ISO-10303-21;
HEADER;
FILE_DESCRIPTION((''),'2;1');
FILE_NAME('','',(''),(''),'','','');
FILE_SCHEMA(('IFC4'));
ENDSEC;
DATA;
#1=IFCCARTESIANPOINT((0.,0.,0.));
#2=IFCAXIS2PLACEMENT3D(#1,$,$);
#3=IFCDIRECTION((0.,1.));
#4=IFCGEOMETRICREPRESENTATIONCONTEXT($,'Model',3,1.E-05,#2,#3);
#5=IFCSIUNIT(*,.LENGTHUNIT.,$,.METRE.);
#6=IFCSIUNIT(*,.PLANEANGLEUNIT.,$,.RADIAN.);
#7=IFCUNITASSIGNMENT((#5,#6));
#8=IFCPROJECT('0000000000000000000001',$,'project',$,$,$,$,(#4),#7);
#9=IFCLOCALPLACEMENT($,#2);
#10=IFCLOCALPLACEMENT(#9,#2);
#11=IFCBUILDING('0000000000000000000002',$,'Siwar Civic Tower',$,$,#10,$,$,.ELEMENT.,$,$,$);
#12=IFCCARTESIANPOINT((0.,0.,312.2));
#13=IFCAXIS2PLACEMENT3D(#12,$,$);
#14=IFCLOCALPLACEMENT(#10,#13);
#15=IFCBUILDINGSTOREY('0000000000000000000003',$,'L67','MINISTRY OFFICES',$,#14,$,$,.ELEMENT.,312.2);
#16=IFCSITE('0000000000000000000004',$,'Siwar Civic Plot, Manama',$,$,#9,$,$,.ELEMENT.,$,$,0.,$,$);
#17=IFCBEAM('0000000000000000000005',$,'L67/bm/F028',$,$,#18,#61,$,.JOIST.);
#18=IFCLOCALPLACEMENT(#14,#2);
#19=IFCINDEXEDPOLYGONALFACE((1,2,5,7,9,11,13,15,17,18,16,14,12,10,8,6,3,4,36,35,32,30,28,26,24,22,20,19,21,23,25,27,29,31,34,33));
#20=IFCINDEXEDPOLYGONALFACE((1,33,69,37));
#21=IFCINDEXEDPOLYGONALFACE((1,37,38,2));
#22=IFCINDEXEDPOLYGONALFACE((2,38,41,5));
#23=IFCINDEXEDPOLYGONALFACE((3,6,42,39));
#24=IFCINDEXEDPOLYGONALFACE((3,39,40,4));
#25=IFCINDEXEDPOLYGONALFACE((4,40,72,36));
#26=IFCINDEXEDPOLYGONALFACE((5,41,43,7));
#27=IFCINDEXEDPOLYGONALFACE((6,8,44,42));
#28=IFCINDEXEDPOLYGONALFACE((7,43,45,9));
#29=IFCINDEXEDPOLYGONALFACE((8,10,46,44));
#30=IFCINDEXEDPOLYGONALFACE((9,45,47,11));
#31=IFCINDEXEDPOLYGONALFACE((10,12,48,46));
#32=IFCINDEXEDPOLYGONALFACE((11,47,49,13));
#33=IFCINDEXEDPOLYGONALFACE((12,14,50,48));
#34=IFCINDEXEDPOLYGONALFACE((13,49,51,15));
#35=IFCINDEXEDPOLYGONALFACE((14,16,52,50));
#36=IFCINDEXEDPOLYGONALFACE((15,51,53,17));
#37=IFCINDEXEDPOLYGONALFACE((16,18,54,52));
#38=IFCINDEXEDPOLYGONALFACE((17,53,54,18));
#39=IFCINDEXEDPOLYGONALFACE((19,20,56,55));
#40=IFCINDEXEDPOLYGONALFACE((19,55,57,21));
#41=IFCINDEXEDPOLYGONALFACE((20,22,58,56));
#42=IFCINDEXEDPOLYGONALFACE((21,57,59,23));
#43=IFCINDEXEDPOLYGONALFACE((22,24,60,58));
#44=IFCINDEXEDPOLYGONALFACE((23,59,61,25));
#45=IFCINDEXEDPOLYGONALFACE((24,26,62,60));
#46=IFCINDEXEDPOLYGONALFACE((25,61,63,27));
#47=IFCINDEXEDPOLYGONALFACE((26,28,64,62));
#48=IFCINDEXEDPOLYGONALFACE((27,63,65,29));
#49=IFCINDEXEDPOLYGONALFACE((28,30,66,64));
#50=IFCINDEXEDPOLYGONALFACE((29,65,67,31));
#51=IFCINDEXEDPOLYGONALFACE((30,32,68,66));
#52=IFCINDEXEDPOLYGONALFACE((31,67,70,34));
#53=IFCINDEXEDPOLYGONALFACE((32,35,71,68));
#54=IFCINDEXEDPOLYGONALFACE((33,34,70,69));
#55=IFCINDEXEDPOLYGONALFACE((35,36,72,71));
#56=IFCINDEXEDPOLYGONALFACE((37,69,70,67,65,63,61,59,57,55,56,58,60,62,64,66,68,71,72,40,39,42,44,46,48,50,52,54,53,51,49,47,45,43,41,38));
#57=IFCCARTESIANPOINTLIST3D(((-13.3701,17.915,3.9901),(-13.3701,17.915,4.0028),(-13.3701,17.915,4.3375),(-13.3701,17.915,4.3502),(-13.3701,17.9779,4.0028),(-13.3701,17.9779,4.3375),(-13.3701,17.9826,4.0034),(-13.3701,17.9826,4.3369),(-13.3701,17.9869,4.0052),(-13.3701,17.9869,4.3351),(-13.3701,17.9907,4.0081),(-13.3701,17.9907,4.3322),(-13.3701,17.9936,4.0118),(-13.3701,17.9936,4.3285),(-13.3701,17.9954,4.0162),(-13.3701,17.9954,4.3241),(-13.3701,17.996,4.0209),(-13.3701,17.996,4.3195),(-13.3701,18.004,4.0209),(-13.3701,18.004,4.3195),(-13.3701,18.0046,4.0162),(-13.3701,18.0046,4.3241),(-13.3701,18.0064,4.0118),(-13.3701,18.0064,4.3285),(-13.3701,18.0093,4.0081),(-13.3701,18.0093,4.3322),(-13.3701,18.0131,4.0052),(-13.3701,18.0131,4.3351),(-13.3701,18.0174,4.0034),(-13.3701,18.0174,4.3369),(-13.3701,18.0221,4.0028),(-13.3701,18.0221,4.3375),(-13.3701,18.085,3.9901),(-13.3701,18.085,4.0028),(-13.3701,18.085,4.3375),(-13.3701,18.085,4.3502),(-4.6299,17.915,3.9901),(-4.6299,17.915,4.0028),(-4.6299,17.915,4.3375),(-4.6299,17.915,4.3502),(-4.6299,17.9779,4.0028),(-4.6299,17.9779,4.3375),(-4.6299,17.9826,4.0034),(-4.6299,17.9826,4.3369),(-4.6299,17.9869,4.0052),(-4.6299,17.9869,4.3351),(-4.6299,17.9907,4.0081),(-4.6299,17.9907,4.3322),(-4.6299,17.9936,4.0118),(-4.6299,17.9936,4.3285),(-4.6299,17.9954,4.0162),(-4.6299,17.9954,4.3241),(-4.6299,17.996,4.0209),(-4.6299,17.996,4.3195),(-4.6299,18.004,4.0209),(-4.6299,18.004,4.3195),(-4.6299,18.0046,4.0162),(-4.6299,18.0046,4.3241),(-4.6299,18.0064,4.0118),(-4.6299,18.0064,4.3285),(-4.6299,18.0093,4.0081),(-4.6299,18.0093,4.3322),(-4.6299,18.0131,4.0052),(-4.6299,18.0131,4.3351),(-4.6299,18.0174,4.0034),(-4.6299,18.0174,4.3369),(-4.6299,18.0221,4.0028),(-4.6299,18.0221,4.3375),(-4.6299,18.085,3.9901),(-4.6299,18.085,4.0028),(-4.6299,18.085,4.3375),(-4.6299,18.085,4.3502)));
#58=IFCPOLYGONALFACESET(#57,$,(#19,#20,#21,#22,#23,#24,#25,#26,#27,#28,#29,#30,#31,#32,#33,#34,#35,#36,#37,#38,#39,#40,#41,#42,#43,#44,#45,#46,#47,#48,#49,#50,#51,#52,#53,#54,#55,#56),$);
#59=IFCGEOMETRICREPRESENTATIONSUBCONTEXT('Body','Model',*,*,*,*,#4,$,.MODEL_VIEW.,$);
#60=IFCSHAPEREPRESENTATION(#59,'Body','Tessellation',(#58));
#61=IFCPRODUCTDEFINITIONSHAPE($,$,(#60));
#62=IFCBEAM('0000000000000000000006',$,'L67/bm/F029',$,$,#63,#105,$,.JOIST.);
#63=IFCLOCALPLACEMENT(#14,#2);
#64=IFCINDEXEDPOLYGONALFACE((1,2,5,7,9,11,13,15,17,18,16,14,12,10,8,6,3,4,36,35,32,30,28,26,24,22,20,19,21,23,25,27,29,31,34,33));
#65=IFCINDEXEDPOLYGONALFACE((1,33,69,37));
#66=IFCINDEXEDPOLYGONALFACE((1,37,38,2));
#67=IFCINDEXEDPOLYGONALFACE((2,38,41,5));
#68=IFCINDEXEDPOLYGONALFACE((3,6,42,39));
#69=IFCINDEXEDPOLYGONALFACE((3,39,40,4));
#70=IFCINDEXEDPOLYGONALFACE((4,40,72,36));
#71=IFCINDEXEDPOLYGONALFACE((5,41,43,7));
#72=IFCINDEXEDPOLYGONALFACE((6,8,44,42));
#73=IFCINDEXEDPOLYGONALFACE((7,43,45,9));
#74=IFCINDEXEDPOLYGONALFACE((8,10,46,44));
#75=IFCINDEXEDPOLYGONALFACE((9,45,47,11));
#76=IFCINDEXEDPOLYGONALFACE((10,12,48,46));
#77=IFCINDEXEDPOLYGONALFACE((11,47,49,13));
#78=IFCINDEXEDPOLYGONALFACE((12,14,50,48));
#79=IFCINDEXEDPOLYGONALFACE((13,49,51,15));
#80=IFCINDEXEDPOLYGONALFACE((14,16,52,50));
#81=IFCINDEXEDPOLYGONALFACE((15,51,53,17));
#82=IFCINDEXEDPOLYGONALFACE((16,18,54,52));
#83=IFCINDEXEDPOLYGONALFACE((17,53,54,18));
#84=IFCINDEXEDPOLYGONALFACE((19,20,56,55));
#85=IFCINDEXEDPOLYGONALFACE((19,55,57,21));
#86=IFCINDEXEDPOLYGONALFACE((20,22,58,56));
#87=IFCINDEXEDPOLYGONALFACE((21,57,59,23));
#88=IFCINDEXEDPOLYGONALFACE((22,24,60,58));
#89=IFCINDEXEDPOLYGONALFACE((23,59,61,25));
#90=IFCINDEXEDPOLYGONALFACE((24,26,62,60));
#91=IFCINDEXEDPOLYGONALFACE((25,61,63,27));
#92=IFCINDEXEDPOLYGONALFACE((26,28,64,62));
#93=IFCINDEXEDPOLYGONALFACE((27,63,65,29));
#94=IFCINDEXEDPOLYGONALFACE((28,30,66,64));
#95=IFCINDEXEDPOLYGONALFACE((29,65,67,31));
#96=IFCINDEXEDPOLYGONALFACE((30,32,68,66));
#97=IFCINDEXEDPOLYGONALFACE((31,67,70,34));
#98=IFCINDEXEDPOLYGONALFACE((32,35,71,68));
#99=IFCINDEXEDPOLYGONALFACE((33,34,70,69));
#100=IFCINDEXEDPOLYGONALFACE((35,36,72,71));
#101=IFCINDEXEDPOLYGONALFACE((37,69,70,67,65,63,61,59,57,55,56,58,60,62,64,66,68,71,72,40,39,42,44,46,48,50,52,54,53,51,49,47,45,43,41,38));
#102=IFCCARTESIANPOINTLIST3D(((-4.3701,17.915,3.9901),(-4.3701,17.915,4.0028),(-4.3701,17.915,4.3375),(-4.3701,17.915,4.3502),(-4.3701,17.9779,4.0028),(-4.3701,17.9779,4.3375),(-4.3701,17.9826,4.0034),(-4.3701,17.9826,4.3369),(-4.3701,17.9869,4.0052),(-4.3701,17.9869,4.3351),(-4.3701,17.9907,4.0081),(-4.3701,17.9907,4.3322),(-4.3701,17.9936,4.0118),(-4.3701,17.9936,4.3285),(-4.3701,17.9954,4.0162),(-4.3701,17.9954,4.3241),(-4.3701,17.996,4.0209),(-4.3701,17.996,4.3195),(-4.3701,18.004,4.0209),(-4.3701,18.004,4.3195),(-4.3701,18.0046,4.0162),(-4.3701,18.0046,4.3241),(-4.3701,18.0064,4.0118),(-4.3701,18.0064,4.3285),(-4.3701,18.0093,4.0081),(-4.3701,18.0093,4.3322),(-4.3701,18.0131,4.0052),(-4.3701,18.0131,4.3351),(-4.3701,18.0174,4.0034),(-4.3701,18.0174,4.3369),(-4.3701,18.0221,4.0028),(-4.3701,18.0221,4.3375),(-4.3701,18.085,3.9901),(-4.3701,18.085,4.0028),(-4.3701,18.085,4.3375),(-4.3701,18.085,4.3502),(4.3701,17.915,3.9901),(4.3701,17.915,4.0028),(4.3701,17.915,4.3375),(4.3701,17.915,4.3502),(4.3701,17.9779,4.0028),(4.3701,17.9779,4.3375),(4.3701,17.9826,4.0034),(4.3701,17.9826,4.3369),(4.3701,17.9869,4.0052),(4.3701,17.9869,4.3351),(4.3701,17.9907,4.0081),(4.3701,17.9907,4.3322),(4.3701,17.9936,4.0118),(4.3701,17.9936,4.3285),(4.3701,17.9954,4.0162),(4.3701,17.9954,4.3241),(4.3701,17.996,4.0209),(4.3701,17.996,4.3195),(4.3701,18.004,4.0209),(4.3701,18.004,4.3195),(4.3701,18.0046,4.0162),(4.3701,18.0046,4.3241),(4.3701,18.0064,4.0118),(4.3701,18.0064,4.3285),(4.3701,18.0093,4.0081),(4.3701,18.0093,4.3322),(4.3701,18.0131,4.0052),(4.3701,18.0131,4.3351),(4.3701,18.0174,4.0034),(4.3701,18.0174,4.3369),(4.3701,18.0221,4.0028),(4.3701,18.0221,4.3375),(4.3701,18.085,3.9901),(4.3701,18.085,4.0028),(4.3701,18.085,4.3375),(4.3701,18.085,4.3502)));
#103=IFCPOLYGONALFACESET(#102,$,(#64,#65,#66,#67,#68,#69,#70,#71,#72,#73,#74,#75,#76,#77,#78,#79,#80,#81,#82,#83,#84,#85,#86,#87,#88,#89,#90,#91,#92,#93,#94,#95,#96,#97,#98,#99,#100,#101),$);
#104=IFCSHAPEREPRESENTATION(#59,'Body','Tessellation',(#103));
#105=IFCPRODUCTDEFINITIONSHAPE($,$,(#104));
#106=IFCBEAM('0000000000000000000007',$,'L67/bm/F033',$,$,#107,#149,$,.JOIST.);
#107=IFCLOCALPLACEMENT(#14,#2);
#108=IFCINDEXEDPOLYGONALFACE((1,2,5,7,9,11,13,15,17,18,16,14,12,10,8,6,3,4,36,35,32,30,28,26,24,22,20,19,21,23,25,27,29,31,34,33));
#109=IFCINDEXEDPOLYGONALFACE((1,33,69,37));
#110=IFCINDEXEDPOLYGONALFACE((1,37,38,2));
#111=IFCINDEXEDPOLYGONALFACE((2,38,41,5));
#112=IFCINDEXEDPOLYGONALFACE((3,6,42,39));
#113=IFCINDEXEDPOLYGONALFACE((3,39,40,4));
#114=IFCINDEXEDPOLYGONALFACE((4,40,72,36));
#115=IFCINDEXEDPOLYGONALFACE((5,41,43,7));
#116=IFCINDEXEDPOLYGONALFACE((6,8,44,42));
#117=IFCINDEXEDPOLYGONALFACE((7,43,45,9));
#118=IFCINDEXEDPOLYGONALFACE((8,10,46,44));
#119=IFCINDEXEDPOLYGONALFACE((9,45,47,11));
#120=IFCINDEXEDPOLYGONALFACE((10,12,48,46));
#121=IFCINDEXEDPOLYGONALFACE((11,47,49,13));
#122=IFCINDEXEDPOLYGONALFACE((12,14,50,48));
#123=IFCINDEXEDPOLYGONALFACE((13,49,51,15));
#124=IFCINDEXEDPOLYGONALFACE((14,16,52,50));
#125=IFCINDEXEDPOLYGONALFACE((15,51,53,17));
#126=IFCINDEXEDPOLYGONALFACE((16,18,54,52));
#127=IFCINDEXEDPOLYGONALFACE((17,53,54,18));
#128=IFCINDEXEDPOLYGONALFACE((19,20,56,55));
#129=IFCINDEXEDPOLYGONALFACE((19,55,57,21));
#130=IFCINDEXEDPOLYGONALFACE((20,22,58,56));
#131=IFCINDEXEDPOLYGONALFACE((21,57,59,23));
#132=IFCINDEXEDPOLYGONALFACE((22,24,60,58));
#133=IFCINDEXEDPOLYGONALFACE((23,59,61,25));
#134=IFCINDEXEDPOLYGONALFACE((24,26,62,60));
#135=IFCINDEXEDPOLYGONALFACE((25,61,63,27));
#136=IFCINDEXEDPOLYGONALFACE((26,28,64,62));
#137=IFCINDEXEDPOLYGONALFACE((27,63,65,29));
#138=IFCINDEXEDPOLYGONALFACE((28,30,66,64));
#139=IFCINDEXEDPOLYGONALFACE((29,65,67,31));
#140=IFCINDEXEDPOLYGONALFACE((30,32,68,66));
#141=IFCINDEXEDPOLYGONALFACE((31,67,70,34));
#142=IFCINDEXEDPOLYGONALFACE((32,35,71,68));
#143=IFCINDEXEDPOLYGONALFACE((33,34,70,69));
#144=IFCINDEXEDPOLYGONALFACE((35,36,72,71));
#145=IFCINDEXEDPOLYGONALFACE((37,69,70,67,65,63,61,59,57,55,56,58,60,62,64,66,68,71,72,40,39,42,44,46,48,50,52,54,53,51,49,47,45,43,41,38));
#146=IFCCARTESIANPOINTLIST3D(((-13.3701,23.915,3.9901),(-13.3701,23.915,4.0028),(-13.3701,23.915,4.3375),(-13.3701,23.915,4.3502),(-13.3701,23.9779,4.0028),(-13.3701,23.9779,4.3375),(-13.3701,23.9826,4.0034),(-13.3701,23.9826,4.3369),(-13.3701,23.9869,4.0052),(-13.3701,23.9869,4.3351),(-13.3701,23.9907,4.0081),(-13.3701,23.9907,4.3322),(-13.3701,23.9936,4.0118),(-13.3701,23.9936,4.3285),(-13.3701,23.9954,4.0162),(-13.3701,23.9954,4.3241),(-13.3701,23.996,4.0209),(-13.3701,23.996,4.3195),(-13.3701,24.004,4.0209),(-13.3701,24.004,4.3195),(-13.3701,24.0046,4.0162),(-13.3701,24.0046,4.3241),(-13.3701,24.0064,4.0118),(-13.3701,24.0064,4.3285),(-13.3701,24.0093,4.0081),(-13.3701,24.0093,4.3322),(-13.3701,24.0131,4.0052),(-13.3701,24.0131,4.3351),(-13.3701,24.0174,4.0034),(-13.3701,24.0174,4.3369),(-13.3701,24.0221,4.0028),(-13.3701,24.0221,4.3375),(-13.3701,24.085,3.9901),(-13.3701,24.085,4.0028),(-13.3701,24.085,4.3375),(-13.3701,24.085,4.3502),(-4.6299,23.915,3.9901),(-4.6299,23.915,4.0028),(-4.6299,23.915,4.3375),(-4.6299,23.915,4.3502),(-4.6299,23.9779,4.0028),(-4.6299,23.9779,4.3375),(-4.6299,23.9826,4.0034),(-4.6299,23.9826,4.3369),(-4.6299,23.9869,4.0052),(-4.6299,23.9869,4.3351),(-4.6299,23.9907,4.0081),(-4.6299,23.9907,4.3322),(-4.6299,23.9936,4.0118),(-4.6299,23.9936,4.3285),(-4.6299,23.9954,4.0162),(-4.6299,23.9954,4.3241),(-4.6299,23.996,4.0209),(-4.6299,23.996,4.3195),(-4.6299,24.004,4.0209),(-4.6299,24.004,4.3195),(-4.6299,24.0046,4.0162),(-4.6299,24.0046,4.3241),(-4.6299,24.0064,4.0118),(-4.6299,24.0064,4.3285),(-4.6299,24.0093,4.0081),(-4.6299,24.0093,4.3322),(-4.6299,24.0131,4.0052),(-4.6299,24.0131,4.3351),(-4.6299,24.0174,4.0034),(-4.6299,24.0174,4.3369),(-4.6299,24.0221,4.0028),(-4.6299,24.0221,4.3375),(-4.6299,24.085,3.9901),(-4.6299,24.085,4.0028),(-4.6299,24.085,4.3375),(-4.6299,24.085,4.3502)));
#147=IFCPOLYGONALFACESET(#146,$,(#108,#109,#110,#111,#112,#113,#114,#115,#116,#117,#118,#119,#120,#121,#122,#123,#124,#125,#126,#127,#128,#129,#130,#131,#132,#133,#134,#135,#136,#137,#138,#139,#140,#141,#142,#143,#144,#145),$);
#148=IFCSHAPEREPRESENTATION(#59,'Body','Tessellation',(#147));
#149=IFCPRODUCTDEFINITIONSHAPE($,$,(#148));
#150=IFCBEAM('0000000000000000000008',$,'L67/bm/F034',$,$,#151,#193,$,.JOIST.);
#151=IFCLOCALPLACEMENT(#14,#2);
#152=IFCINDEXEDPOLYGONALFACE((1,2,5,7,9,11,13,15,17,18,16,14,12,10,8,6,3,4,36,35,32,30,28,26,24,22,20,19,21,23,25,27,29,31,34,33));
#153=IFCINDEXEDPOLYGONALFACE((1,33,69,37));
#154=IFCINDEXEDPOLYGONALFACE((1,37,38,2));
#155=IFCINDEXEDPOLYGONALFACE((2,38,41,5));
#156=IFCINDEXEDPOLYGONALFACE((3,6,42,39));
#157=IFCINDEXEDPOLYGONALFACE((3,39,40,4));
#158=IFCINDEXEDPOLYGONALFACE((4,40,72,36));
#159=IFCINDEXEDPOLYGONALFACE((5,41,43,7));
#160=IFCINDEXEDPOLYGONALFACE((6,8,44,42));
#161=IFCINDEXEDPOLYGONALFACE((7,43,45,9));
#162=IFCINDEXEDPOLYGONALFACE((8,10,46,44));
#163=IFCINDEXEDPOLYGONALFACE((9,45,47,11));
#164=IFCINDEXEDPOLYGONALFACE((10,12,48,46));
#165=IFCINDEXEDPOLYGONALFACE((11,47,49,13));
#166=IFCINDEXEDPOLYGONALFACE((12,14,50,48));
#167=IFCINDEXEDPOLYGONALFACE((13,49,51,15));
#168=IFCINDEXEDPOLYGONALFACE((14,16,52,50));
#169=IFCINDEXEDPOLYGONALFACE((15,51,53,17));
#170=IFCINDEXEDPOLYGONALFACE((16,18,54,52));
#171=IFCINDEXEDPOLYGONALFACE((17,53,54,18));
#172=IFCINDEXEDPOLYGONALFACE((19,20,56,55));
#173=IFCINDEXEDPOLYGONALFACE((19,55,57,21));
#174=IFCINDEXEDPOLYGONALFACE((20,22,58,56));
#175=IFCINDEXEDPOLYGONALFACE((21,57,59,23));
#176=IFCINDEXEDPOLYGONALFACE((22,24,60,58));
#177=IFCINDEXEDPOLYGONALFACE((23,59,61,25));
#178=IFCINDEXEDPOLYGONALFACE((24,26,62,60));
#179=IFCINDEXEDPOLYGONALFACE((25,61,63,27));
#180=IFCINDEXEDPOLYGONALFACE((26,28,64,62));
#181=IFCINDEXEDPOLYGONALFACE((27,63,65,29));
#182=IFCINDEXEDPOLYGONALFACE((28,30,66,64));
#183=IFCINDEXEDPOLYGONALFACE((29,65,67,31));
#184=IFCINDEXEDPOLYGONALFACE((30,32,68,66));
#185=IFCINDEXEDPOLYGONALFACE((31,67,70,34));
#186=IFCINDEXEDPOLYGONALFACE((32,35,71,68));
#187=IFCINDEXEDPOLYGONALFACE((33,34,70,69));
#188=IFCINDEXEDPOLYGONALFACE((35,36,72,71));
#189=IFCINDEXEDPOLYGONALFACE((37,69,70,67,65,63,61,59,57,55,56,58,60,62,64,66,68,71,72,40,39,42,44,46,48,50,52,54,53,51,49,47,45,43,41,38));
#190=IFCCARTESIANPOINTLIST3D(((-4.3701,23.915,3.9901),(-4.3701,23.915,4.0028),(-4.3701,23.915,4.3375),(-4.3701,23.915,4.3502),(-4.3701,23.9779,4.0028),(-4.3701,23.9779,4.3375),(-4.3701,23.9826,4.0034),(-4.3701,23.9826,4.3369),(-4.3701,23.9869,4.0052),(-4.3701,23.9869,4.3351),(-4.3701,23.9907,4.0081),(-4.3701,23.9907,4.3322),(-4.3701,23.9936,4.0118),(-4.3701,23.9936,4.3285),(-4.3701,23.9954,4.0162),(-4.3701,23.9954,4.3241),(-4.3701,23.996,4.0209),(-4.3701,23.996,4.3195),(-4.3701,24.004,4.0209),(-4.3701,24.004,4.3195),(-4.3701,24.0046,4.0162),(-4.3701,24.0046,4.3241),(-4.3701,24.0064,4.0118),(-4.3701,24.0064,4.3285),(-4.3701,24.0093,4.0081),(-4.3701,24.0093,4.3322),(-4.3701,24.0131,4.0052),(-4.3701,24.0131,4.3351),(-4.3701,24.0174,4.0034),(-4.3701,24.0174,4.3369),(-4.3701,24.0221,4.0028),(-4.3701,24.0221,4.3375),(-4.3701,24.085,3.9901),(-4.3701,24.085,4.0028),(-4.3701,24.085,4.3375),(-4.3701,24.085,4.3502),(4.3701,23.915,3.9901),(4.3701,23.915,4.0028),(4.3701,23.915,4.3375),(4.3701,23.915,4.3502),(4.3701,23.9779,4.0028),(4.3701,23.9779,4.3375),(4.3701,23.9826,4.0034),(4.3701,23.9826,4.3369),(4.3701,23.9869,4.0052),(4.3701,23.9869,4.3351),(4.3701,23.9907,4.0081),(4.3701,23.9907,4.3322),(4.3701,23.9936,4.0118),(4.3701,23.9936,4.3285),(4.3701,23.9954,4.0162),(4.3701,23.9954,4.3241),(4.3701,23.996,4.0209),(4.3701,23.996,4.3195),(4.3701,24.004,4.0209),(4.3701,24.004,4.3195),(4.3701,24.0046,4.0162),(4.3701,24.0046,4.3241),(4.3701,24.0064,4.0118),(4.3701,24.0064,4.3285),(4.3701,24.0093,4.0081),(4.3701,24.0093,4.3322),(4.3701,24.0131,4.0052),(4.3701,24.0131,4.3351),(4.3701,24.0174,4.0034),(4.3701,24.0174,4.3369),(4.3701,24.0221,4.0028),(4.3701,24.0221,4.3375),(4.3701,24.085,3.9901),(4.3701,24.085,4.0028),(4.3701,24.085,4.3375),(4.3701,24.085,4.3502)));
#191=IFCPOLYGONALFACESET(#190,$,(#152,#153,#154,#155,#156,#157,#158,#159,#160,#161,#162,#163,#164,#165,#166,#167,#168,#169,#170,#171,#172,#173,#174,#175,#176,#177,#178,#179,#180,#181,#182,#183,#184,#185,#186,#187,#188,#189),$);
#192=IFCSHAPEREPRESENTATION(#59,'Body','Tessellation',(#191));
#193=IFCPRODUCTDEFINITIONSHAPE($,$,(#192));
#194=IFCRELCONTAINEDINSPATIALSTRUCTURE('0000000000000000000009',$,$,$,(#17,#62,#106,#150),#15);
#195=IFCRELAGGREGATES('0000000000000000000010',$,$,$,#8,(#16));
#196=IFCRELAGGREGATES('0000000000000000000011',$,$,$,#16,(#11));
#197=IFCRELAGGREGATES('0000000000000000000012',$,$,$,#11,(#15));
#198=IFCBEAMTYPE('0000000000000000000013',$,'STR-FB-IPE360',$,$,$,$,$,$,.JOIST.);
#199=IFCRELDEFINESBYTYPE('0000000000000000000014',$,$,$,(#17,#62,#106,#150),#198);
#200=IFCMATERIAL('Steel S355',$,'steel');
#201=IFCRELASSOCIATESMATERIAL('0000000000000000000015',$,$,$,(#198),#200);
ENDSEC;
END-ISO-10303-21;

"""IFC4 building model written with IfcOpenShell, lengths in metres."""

from ifc_helpers import new_model, si_unit, direction, frame, origin, origin_2d, place, context, subcontext, project, spatial, i_section, extrude, material, material_profile, profile_set, type_object, element, save


model = new_model("IFC4")

# Units and contexts
model_context = context("Model", 3, precision=1e-05, world=origin(), true_north=direction((0.0, 1.0)))
body_context = subcontext(model_context, "Body", "Model", "MODEL_VIEW")
ifc_project = project(units=[si_unit("LENGTHUNIT", "METRE"), si_unit("PLANEANGLEUNIT", "RADIAN")], contexts=[model_context])

# Site, building, storey
site_placement = place(None, origin())
site = spatial("IfcSite", under=ifc_project, at=site_placement, Name="Siwar Civic Plot, Manama", CompositionType="ELEMENT", RefElevation=0.0)
building_placement = place(site_placement, origin())
building = spatial("IfcBuilding", under=site, at=building_placement, Name="Siwar Civic Tower", CompositionType="ELEMENT")
storey_placement = place(building_placement, frame((0.0, 0.0, 312.2)))
storey = spatial("IfcBuildingStorey", under=building, at=storey_placement, Name="L67", Description="MINISTRY OFFICES", CompositionType="ELEMENT", Elevation=312.2)

# Beams
ifc_material_1 = material(Name="Steel S355", Category="steel")
ifc_material_profile_1 = material_profile(ifc_material_1, i_section(OverallWidth=0.1699, OverallDepth=0.3601, WebThickness=0.0081, FlangeThickness=0.0127, FilletRadius=0.0181, at=origin_2d()), Name="IPE360")
ifc_profile_set_1 = profile_set([ifc_material_profile_1], Name="Steel S355")
beam_type_1 = type_object("IfcBeamType", Name="STR-FB-IPE360", PredefinedType="JOIST", material=ifc_profile_set_1)
for number, where, z_axis, x_axis, name in (
    (1, (-13.3701, 18.0, 4.1702), (1.0, 0.0, 0.0), (0.0, 1.0, 0.0), "L67/bm/F028"),
    (2, (-4.3701, 18.0, 4.1702), (1.0, 0.0, 0.0), (0.0, 1.0, 0.0), "L67/bm/F029"),
    (3, (-13.3701, 24.0, 4.1702), (1.0, 0.0, 0.0), (0.0, 1.0, 0.0), "L67/bm/F033"),
    (4, (-4.3701, 24.0, 4.1702), (1.0, 0.0, 0.0), (0.0, 1.0, 0.0), "L67/bm/F034"),
):
    element("IfcBeam", number, at=place(storey_placement, frame(where, z_axis=z_axis, x_axis=x_axis)), inside=storey, type_object=beam_type_1, Name=name, PredefinedType="JOIST", context=body_context, shape_type="SweptSolid", body=[
        extrude(i_section(OverallWidth=0.1699, OverallDepth=0.3601, WebThickness=0.0081, FlangeThickness=0.0127, FilletRadius=0.0181, at=origin_2d()), origin(), (0.0, 0.0, 1.0), 8.7402),
    ])

save(model, "model.ifc")
